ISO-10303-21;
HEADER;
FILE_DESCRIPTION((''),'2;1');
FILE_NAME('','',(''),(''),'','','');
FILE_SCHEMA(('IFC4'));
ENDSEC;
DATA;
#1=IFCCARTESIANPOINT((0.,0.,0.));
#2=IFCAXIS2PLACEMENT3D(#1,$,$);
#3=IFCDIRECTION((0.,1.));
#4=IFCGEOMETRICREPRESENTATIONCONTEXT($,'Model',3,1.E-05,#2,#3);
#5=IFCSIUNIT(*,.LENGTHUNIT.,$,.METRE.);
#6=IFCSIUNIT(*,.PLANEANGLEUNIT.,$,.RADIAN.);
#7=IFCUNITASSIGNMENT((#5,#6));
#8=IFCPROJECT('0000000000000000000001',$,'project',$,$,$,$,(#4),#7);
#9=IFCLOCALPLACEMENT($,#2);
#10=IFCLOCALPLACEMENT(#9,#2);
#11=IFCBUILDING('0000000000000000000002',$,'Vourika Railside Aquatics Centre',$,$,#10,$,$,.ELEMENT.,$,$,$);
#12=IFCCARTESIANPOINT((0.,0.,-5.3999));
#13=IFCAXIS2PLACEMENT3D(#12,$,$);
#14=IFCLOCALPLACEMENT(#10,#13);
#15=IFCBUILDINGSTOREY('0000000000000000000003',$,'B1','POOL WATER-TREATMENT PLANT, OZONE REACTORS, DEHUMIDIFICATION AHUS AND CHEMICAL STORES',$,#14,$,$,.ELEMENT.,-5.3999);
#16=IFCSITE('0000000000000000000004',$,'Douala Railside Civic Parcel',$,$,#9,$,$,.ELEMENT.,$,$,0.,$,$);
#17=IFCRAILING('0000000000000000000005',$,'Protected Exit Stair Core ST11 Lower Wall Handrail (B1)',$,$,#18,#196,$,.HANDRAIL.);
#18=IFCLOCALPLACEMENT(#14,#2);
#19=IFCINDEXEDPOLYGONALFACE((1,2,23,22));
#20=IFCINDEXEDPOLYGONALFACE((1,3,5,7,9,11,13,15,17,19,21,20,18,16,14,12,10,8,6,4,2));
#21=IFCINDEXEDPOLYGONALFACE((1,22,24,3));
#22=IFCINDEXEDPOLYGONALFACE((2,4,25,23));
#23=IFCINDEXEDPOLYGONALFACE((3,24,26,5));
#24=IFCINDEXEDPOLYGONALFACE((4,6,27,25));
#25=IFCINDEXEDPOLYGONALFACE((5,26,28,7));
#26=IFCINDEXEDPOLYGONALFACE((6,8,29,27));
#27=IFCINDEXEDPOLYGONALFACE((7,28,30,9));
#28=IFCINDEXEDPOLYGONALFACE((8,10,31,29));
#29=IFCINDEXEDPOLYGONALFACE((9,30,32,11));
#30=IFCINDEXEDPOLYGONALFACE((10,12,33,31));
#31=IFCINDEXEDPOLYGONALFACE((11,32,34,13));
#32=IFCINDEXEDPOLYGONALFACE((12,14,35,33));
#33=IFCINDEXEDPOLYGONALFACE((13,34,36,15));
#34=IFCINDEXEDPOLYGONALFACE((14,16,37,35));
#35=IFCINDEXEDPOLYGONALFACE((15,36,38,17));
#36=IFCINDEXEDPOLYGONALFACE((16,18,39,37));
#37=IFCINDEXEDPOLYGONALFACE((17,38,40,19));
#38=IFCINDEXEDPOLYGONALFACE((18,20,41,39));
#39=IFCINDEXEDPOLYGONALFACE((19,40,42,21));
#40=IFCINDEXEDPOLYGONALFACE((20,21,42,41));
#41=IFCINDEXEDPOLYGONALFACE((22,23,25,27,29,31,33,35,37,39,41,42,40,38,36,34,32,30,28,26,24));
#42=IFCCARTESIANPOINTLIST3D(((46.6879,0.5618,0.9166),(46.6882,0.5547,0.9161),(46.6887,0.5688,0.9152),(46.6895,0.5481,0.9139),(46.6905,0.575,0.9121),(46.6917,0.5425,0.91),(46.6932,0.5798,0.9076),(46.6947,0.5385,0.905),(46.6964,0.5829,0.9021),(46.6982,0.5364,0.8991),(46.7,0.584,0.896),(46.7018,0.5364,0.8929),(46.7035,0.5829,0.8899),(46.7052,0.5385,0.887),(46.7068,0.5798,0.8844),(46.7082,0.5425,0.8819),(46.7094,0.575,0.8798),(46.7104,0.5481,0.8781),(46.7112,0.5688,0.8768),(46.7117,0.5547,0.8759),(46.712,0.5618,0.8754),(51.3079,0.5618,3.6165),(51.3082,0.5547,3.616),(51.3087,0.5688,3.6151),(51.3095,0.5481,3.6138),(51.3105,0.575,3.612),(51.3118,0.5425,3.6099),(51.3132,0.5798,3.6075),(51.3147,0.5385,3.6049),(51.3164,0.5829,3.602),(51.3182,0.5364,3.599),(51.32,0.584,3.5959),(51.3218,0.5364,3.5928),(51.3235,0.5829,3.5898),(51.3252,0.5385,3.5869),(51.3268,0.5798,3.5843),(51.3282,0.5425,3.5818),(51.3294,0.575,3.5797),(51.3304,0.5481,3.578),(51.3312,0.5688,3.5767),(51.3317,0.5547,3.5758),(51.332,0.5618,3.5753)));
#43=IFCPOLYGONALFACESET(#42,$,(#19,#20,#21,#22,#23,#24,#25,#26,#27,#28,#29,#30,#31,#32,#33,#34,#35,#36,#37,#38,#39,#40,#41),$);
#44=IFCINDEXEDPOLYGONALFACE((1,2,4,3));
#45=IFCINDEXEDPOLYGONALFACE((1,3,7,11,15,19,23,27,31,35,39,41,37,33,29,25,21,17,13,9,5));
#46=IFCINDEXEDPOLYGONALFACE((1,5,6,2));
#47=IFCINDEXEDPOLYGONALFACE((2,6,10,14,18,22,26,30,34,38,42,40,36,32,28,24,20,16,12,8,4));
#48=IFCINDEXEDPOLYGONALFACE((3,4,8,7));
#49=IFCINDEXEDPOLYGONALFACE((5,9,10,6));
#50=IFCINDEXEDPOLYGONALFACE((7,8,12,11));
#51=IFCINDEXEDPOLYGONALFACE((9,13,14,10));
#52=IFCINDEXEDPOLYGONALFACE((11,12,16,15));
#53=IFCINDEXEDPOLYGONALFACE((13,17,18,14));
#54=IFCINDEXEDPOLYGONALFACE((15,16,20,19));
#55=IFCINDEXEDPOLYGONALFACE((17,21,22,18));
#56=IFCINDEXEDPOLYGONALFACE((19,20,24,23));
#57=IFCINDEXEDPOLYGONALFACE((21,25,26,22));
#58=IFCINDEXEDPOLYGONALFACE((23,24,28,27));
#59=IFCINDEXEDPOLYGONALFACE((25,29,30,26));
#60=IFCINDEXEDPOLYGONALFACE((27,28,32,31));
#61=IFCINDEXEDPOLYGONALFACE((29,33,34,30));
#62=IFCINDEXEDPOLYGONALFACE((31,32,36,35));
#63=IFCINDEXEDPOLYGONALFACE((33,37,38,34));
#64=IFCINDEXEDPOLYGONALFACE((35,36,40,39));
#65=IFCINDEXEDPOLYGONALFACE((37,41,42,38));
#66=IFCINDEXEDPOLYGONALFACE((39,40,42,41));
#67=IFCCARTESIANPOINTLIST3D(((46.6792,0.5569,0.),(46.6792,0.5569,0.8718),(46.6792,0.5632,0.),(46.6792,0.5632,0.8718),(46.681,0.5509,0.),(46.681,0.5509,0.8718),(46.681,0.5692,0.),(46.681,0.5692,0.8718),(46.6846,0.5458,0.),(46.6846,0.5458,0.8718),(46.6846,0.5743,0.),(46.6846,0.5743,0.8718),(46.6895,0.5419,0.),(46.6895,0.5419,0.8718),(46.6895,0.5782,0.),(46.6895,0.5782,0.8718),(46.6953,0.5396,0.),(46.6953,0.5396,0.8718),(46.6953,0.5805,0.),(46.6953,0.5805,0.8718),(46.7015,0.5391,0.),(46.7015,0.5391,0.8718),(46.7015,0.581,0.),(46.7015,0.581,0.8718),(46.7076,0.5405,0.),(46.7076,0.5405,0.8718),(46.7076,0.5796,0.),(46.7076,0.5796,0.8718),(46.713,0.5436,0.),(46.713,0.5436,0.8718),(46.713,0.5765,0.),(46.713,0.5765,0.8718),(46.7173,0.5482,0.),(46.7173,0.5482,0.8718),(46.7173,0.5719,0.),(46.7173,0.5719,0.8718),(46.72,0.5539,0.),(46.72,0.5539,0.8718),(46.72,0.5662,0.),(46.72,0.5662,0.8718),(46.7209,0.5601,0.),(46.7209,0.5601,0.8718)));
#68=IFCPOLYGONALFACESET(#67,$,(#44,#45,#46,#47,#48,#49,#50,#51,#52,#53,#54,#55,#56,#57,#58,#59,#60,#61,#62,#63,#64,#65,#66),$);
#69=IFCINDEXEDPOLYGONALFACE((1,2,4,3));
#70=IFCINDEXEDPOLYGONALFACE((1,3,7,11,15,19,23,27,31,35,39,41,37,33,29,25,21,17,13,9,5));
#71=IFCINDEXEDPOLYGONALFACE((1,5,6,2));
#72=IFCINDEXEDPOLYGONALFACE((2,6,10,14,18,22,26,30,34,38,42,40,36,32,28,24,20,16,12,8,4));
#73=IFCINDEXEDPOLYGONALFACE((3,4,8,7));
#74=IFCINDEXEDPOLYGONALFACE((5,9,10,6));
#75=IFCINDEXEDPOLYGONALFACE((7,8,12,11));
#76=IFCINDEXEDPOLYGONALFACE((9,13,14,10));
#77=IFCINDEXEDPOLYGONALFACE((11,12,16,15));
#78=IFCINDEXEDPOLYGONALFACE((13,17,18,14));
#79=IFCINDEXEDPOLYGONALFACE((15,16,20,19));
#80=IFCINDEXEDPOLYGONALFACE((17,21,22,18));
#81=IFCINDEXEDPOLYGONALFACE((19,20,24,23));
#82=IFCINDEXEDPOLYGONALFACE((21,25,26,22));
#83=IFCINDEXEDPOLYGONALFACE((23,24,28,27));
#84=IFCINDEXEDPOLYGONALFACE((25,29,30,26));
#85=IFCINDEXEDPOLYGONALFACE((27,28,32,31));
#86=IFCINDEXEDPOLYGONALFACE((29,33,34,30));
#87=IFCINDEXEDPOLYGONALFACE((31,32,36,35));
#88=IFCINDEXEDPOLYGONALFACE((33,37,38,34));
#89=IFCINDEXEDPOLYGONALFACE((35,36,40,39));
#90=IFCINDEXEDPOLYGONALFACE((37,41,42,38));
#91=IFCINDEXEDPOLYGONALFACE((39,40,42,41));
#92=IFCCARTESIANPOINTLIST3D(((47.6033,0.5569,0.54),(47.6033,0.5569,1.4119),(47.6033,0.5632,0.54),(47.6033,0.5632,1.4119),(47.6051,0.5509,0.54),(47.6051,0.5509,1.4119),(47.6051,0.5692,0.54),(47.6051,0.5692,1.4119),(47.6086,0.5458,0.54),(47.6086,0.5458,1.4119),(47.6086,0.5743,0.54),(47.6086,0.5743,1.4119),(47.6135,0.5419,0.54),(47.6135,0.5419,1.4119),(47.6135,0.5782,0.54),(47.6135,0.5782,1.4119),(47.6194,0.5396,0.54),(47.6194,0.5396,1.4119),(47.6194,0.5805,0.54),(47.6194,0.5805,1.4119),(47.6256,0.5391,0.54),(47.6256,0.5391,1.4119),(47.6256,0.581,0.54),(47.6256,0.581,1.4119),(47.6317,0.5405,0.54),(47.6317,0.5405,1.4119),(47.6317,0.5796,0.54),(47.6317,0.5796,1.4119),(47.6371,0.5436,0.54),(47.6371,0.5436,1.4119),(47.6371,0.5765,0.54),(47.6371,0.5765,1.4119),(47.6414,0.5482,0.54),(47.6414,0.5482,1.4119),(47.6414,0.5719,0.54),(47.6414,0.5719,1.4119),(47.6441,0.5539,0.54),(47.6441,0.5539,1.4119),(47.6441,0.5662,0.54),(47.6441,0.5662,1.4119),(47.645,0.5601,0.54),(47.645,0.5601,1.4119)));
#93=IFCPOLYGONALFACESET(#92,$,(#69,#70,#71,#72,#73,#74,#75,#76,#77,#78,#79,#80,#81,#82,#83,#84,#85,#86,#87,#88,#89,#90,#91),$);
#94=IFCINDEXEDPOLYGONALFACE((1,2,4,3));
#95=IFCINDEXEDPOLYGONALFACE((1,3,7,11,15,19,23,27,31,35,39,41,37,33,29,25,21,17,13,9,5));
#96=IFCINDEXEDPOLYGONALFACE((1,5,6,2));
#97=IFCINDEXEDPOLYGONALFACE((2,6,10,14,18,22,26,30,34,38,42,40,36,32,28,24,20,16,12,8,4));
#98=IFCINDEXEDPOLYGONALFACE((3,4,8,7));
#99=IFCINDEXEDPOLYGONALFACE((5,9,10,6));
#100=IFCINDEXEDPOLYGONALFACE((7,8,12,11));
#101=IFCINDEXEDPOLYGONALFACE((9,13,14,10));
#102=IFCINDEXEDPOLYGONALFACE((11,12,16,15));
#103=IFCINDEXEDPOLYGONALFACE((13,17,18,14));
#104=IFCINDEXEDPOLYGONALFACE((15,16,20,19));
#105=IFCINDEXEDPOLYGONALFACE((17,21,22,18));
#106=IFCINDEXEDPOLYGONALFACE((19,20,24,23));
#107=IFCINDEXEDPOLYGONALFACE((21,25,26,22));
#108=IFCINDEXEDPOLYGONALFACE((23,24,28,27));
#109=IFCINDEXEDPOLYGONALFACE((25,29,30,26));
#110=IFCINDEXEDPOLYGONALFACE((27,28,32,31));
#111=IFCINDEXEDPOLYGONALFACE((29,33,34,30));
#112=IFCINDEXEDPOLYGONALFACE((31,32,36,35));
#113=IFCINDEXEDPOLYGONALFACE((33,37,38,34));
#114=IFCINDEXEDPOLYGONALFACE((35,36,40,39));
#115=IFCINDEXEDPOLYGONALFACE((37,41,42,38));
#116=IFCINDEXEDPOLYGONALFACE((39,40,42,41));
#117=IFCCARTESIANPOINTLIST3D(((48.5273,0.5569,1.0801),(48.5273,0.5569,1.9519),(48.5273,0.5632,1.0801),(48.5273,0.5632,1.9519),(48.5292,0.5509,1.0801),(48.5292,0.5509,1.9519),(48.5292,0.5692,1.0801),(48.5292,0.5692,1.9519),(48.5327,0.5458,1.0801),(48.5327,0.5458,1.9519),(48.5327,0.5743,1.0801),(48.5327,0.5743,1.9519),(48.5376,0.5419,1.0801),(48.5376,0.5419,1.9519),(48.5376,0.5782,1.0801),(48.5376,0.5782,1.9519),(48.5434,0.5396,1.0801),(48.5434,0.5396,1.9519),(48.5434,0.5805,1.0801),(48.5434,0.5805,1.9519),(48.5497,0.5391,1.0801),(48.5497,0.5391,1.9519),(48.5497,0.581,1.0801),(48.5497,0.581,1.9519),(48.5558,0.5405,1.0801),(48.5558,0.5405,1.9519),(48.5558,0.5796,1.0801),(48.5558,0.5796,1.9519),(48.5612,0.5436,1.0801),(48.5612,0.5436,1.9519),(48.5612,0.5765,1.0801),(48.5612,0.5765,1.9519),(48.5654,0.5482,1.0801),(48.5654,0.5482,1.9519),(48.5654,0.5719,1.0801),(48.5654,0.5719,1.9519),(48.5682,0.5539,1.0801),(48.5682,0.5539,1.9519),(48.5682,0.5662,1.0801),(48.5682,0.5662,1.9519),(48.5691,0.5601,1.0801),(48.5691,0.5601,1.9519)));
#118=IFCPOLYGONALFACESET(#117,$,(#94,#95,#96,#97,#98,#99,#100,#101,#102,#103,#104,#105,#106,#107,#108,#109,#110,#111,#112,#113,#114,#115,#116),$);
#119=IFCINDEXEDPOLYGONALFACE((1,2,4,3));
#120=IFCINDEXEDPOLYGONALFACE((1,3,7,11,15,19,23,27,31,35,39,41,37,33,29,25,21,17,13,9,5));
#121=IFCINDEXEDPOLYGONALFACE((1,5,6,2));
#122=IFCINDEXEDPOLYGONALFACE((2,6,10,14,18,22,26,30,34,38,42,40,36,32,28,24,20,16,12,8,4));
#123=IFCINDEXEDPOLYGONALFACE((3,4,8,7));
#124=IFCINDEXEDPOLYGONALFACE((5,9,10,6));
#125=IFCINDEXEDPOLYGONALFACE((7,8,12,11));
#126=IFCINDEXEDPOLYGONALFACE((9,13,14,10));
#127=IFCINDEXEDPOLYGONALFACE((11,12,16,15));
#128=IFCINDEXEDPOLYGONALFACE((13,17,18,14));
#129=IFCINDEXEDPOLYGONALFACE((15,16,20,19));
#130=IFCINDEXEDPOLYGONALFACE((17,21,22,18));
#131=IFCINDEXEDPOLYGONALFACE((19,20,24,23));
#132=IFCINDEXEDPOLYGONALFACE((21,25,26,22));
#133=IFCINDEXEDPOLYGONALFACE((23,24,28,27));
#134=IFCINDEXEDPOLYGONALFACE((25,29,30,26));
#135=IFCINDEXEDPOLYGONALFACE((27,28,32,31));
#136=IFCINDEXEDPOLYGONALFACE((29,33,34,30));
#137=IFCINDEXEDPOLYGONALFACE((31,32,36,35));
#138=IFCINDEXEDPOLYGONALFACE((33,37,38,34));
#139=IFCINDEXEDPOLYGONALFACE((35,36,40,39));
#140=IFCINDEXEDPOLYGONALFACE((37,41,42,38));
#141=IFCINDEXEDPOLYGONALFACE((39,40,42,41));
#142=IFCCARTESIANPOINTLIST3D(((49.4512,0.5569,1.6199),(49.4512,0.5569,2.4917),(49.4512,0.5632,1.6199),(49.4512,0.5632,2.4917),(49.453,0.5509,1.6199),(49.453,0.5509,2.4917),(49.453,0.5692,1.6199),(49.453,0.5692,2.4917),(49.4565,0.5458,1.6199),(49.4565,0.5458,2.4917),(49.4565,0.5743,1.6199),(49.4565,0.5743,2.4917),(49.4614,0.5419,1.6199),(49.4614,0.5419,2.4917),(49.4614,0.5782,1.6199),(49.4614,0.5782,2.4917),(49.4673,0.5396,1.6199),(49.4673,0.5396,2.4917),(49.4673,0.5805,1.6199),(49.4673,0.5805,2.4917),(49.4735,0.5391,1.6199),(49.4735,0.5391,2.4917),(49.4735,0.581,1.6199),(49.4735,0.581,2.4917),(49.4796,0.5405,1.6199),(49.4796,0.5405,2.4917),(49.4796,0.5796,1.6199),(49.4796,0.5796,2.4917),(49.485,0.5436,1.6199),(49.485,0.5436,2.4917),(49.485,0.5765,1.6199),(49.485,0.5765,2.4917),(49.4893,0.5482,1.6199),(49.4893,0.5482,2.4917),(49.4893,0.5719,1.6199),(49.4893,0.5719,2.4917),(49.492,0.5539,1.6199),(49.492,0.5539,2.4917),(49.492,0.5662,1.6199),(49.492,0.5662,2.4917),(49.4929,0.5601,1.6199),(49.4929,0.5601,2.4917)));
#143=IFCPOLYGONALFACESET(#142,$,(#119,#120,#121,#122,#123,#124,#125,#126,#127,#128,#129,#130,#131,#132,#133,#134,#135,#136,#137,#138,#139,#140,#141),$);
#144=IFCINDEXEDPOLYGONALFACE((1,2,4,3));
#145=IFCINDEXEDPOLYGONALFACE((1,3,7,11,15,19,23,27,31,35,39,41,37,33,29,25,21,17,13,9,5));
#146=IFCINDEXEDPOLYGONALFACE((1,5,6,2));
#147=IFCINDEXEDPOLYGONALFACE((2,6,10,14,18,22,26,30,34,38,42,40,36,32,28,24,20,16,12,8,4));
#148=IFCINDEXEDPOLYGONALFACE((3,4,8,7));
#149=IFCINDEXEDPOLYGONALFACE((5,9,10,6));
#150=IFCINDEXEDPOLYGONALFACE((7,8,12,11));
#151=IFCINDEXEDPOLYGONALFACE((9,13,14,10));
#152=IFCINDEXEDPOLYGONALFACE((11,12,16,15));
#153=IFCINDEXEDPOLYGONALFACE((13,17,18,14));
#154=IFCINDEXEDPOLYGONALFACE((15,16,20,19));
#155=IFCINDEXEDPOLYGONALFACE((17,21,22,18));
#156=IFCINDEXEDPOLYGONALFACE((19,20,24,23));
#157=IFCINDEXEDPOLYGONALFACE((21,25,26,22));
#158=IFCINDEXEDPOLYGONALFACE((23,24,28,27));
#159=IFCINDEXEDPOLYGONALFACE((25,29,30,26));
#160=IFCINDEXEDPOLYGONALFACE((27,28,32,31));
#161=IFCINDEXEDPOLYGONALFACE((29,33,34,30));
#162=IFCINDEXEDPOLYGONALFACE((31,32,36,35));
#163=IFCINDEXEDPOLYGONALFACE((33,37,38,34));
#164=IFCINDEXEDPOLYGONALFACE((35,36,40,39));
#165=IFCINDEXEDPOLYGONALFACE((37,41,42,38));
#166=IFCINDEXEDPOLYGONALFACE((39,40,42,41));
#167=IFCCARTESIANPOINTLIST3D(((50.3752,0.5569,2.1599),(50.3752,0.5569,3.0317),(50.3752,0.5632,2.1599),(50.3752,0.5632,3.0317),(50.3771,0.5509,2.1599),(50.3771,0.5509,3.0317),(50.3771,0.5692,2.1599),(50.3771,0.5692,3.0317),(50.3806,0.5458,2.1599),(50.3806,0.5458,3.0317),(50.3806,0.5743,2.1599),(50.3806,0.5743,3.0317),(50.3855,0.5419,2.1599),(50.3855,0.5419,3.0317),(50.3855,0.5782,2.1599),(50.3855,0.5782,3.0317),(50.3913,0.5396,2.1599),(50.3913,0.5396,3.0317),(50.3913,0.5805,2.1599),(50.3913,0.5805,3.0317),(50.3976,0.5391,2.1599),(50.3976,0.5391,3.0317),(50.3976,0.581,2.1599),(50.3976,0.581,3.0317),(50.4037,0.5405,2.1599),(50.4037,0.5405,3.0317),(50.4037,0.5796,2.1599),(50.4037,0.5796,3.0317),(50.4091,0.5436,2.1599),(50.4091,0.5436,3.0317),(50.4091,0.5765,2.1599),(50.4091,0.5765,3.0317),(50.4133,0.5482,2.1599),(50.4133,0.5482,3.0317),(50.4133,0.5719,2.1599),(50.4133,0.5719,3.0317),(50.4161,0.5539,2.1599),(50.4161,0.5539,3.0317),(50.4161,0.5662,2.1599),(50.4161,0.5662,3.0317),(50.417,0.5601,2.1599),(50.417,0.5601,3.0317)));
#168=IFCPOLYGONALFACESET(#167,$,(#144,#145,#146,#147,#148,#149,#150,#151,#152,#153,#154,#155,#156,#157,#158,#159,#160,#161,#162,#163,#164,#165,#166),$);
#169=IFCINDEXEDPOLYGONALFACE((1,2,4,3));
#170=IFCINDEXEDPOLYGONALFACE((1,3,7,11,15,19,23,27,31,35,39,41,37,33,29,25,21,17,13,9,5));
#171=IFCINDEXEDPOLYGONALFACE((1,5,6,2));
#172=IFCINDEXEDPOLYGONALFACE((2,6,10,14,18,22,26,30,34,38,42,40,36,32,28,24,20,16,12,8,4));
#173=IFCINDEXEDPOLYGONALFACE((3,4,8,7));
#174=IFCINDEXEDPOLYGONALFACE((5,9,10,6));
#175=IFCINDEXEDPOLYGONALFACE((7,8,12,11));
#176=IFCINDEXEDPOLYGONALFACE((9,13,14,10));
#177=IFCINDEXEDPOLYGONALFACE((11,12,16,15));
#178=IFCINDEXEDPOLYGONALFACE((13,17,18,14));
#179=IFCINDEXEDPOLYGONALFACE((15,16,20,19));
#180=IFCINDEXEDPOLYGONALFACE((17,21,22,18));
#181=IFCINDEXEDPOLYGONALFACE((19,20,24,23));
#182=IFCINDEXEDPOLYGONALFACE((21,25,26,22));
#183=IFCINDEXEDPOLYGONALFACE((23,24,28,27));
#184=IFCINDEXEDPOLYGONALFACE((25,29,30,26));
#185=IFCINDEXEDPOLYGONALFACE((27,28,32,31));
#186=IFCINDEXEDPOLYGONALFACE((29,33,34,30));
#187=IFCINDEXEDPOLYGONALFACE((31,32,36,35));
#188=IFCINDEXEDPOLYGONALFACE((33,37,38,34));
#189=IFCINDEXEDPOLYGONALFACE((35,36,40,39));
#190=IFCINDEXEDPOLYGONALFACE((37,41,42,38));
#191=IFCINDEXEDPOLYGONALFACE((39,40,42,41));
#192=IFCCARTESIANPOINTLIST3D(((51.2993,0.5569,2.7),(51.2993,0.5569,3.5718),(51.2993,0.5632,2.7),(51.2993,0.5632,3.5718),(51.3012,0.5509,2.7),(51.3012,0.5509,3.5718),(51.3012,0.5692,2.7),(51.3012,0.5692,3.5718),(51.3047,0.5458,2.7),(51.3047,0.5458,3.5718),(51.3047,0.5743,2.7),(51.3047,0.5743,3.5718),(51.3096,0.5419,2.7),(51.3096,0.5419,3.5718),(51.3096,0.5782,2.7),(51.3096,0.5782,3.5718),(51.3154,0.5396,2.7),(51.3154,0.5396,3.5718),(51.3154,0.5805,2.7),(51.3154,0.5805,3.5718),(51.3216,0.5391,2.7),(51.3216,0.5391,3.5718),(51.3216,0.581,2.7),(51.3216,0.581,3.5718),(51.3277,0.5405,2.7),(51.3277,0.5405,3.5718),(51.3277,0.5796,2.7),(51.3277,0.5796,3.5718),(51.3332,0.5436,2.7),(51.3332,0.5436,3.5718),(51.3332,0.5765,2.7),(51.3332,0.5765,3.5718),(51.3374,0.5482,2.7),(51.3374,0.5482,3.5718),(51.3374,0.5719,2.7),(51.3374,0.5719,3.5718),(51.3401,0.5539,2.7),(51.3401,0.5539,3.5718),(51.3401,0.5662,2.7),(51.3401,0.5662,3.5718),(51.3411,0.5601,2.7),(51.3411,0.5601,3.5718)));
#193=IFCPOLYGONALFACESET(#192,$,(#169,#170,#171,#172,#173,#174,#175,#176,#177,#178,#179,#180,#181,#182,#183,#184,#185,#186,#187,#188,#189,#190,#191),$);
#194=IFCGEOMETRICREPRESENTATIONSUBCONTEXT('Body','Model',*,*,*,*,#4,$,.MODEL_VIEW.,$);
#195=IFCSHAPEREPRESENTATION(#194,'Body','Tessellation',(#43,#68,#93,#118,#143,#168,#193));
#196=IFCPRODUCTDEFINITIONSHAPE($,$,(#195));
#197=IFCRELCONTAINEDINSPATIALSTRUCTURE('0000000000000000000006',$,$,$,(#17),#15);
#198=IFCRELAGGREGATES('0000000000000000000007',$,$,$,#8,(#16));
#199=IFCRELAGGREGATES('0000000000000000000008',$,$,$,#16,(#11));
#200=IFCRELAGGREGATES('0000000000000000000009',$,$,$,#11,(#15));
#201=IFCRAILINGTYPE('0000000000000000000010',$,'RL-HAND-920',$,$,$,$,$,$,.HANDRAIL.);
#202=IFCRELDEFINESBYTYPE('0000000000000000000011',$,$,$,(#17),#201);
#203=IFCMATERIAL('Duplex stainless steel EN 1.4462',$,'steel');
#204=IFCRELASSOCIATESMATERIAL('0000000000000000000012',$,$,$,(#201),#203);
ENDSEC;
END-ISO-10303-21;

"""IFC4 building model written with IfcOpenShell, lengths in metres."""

from ifc_helpers import new_model, si_unit, direction, frame, origin, origin_2d, place, context, subcontext, project, spatial, circle, extrude, material, type_object, element, save


model = new_model("IFC4")

# Units and contexts
model_context = context("Model", 3, precision=1e-05, world=origin(), true_north=direction((0.0, 1.0)))
body_context = subcontext(model_context, "Body", "Model", "MODEL_VIEW")
ifc_project = project(units=[si_unit("LENGTHUNIT", "METRE"), si_unit("PLANEANGLEUNIT", "RADIAN")], contexts=[model_context])

# Site, building, storey
site_placement = place(None, origin())
site = spatial("IfcSite", under=ifc_project, at=site_placement, Name="Douala Railside Civic Parcel", CompositionType="ELEMENT", RefElevation=0.0)
building_placement = place(site_placement, origin())
building = spatial("IfcBuilding", under=site, at=building_placement, Name="Vourika Railside Aquatics Centre", CompositionType="ELEMENT")
storey_placement = place(building_placement, frame((0.0, 0.0, -5.3999)))
storey = spatial("IfcBuildingStorey", under=building, at=storey_placement, Name="B1", Description="POOL WATER-TREATMENT PLANT, OZONE REACTORS, DEHUMIDIFICATION AHUS AND CHEMICAL STORES", CompositionType="ELEMENT", Elevation=-5.3999)

# Railing
ifc_material_1 = material(Name="Duplex stainless steel EN 1.4462", Category="steel")
railing_type_1 = type_object("IfcRailingType", Name="RL-HAND-920", PredefinedType="HANDRAIL", material=ifc_material_1)
railing_1_placement = place(storey_placement, frame((46.7, 0.5601, 0.0)))
element("IfcRailing", 1, at=railing_1_placement, inside=storey, type_object=railing_type_1, Name="Protected Exit Stair Core ST11 Lower Wall Handrail (B1)", PredefinedType="HANDRAIL", context=body_context, shape_type="SweptSolid", body=[
    extrude(circle(Radius=0.0239, at=origin_2d()), frame((0.0, 0.0, 0.896), z_axis=(0.863381, 0.0, 0.504552), x_axis=(0.0, 1.0, 0.0)), (0.0, 0.0, 1.0), 5.3511),
    extrude(circle(Radius=0.021, at=origin_2d()), origin(), (0.0, 0.0, 1.0), 0.8718),
    extrude(circle(Radius=0.021, at=origin_2d()), frame((0.9241, 0.0, 0.54)), (0.0, 0.0, 1.0), 0.8718),
    extrude(circle(Radius=0.021, at=origin_2d()), frame((1.8481, 0.0, 1.0801)), (0.0, 0.0, 1.0), 0.8718),
    extrude(circle(Radius=0.021, at=origin_2d()), frame((2.772, 0.0, 1.6199)), (0.0, 0.0, 1.0), 0.8718),
    extrude(circle(Radius=0.021, at=origin_2d()), frame((3.696, 0.0, 2.1599)), (0.0, 0.0, 1.0), 0.8718),
    extrude(circle(Radius=0.021, at=origin_2d()), frame((4.6201, 0.0, 2.7)), (0.0, 0.0, 1.0), 0.8718),
])

save(model, "model.ifc")
